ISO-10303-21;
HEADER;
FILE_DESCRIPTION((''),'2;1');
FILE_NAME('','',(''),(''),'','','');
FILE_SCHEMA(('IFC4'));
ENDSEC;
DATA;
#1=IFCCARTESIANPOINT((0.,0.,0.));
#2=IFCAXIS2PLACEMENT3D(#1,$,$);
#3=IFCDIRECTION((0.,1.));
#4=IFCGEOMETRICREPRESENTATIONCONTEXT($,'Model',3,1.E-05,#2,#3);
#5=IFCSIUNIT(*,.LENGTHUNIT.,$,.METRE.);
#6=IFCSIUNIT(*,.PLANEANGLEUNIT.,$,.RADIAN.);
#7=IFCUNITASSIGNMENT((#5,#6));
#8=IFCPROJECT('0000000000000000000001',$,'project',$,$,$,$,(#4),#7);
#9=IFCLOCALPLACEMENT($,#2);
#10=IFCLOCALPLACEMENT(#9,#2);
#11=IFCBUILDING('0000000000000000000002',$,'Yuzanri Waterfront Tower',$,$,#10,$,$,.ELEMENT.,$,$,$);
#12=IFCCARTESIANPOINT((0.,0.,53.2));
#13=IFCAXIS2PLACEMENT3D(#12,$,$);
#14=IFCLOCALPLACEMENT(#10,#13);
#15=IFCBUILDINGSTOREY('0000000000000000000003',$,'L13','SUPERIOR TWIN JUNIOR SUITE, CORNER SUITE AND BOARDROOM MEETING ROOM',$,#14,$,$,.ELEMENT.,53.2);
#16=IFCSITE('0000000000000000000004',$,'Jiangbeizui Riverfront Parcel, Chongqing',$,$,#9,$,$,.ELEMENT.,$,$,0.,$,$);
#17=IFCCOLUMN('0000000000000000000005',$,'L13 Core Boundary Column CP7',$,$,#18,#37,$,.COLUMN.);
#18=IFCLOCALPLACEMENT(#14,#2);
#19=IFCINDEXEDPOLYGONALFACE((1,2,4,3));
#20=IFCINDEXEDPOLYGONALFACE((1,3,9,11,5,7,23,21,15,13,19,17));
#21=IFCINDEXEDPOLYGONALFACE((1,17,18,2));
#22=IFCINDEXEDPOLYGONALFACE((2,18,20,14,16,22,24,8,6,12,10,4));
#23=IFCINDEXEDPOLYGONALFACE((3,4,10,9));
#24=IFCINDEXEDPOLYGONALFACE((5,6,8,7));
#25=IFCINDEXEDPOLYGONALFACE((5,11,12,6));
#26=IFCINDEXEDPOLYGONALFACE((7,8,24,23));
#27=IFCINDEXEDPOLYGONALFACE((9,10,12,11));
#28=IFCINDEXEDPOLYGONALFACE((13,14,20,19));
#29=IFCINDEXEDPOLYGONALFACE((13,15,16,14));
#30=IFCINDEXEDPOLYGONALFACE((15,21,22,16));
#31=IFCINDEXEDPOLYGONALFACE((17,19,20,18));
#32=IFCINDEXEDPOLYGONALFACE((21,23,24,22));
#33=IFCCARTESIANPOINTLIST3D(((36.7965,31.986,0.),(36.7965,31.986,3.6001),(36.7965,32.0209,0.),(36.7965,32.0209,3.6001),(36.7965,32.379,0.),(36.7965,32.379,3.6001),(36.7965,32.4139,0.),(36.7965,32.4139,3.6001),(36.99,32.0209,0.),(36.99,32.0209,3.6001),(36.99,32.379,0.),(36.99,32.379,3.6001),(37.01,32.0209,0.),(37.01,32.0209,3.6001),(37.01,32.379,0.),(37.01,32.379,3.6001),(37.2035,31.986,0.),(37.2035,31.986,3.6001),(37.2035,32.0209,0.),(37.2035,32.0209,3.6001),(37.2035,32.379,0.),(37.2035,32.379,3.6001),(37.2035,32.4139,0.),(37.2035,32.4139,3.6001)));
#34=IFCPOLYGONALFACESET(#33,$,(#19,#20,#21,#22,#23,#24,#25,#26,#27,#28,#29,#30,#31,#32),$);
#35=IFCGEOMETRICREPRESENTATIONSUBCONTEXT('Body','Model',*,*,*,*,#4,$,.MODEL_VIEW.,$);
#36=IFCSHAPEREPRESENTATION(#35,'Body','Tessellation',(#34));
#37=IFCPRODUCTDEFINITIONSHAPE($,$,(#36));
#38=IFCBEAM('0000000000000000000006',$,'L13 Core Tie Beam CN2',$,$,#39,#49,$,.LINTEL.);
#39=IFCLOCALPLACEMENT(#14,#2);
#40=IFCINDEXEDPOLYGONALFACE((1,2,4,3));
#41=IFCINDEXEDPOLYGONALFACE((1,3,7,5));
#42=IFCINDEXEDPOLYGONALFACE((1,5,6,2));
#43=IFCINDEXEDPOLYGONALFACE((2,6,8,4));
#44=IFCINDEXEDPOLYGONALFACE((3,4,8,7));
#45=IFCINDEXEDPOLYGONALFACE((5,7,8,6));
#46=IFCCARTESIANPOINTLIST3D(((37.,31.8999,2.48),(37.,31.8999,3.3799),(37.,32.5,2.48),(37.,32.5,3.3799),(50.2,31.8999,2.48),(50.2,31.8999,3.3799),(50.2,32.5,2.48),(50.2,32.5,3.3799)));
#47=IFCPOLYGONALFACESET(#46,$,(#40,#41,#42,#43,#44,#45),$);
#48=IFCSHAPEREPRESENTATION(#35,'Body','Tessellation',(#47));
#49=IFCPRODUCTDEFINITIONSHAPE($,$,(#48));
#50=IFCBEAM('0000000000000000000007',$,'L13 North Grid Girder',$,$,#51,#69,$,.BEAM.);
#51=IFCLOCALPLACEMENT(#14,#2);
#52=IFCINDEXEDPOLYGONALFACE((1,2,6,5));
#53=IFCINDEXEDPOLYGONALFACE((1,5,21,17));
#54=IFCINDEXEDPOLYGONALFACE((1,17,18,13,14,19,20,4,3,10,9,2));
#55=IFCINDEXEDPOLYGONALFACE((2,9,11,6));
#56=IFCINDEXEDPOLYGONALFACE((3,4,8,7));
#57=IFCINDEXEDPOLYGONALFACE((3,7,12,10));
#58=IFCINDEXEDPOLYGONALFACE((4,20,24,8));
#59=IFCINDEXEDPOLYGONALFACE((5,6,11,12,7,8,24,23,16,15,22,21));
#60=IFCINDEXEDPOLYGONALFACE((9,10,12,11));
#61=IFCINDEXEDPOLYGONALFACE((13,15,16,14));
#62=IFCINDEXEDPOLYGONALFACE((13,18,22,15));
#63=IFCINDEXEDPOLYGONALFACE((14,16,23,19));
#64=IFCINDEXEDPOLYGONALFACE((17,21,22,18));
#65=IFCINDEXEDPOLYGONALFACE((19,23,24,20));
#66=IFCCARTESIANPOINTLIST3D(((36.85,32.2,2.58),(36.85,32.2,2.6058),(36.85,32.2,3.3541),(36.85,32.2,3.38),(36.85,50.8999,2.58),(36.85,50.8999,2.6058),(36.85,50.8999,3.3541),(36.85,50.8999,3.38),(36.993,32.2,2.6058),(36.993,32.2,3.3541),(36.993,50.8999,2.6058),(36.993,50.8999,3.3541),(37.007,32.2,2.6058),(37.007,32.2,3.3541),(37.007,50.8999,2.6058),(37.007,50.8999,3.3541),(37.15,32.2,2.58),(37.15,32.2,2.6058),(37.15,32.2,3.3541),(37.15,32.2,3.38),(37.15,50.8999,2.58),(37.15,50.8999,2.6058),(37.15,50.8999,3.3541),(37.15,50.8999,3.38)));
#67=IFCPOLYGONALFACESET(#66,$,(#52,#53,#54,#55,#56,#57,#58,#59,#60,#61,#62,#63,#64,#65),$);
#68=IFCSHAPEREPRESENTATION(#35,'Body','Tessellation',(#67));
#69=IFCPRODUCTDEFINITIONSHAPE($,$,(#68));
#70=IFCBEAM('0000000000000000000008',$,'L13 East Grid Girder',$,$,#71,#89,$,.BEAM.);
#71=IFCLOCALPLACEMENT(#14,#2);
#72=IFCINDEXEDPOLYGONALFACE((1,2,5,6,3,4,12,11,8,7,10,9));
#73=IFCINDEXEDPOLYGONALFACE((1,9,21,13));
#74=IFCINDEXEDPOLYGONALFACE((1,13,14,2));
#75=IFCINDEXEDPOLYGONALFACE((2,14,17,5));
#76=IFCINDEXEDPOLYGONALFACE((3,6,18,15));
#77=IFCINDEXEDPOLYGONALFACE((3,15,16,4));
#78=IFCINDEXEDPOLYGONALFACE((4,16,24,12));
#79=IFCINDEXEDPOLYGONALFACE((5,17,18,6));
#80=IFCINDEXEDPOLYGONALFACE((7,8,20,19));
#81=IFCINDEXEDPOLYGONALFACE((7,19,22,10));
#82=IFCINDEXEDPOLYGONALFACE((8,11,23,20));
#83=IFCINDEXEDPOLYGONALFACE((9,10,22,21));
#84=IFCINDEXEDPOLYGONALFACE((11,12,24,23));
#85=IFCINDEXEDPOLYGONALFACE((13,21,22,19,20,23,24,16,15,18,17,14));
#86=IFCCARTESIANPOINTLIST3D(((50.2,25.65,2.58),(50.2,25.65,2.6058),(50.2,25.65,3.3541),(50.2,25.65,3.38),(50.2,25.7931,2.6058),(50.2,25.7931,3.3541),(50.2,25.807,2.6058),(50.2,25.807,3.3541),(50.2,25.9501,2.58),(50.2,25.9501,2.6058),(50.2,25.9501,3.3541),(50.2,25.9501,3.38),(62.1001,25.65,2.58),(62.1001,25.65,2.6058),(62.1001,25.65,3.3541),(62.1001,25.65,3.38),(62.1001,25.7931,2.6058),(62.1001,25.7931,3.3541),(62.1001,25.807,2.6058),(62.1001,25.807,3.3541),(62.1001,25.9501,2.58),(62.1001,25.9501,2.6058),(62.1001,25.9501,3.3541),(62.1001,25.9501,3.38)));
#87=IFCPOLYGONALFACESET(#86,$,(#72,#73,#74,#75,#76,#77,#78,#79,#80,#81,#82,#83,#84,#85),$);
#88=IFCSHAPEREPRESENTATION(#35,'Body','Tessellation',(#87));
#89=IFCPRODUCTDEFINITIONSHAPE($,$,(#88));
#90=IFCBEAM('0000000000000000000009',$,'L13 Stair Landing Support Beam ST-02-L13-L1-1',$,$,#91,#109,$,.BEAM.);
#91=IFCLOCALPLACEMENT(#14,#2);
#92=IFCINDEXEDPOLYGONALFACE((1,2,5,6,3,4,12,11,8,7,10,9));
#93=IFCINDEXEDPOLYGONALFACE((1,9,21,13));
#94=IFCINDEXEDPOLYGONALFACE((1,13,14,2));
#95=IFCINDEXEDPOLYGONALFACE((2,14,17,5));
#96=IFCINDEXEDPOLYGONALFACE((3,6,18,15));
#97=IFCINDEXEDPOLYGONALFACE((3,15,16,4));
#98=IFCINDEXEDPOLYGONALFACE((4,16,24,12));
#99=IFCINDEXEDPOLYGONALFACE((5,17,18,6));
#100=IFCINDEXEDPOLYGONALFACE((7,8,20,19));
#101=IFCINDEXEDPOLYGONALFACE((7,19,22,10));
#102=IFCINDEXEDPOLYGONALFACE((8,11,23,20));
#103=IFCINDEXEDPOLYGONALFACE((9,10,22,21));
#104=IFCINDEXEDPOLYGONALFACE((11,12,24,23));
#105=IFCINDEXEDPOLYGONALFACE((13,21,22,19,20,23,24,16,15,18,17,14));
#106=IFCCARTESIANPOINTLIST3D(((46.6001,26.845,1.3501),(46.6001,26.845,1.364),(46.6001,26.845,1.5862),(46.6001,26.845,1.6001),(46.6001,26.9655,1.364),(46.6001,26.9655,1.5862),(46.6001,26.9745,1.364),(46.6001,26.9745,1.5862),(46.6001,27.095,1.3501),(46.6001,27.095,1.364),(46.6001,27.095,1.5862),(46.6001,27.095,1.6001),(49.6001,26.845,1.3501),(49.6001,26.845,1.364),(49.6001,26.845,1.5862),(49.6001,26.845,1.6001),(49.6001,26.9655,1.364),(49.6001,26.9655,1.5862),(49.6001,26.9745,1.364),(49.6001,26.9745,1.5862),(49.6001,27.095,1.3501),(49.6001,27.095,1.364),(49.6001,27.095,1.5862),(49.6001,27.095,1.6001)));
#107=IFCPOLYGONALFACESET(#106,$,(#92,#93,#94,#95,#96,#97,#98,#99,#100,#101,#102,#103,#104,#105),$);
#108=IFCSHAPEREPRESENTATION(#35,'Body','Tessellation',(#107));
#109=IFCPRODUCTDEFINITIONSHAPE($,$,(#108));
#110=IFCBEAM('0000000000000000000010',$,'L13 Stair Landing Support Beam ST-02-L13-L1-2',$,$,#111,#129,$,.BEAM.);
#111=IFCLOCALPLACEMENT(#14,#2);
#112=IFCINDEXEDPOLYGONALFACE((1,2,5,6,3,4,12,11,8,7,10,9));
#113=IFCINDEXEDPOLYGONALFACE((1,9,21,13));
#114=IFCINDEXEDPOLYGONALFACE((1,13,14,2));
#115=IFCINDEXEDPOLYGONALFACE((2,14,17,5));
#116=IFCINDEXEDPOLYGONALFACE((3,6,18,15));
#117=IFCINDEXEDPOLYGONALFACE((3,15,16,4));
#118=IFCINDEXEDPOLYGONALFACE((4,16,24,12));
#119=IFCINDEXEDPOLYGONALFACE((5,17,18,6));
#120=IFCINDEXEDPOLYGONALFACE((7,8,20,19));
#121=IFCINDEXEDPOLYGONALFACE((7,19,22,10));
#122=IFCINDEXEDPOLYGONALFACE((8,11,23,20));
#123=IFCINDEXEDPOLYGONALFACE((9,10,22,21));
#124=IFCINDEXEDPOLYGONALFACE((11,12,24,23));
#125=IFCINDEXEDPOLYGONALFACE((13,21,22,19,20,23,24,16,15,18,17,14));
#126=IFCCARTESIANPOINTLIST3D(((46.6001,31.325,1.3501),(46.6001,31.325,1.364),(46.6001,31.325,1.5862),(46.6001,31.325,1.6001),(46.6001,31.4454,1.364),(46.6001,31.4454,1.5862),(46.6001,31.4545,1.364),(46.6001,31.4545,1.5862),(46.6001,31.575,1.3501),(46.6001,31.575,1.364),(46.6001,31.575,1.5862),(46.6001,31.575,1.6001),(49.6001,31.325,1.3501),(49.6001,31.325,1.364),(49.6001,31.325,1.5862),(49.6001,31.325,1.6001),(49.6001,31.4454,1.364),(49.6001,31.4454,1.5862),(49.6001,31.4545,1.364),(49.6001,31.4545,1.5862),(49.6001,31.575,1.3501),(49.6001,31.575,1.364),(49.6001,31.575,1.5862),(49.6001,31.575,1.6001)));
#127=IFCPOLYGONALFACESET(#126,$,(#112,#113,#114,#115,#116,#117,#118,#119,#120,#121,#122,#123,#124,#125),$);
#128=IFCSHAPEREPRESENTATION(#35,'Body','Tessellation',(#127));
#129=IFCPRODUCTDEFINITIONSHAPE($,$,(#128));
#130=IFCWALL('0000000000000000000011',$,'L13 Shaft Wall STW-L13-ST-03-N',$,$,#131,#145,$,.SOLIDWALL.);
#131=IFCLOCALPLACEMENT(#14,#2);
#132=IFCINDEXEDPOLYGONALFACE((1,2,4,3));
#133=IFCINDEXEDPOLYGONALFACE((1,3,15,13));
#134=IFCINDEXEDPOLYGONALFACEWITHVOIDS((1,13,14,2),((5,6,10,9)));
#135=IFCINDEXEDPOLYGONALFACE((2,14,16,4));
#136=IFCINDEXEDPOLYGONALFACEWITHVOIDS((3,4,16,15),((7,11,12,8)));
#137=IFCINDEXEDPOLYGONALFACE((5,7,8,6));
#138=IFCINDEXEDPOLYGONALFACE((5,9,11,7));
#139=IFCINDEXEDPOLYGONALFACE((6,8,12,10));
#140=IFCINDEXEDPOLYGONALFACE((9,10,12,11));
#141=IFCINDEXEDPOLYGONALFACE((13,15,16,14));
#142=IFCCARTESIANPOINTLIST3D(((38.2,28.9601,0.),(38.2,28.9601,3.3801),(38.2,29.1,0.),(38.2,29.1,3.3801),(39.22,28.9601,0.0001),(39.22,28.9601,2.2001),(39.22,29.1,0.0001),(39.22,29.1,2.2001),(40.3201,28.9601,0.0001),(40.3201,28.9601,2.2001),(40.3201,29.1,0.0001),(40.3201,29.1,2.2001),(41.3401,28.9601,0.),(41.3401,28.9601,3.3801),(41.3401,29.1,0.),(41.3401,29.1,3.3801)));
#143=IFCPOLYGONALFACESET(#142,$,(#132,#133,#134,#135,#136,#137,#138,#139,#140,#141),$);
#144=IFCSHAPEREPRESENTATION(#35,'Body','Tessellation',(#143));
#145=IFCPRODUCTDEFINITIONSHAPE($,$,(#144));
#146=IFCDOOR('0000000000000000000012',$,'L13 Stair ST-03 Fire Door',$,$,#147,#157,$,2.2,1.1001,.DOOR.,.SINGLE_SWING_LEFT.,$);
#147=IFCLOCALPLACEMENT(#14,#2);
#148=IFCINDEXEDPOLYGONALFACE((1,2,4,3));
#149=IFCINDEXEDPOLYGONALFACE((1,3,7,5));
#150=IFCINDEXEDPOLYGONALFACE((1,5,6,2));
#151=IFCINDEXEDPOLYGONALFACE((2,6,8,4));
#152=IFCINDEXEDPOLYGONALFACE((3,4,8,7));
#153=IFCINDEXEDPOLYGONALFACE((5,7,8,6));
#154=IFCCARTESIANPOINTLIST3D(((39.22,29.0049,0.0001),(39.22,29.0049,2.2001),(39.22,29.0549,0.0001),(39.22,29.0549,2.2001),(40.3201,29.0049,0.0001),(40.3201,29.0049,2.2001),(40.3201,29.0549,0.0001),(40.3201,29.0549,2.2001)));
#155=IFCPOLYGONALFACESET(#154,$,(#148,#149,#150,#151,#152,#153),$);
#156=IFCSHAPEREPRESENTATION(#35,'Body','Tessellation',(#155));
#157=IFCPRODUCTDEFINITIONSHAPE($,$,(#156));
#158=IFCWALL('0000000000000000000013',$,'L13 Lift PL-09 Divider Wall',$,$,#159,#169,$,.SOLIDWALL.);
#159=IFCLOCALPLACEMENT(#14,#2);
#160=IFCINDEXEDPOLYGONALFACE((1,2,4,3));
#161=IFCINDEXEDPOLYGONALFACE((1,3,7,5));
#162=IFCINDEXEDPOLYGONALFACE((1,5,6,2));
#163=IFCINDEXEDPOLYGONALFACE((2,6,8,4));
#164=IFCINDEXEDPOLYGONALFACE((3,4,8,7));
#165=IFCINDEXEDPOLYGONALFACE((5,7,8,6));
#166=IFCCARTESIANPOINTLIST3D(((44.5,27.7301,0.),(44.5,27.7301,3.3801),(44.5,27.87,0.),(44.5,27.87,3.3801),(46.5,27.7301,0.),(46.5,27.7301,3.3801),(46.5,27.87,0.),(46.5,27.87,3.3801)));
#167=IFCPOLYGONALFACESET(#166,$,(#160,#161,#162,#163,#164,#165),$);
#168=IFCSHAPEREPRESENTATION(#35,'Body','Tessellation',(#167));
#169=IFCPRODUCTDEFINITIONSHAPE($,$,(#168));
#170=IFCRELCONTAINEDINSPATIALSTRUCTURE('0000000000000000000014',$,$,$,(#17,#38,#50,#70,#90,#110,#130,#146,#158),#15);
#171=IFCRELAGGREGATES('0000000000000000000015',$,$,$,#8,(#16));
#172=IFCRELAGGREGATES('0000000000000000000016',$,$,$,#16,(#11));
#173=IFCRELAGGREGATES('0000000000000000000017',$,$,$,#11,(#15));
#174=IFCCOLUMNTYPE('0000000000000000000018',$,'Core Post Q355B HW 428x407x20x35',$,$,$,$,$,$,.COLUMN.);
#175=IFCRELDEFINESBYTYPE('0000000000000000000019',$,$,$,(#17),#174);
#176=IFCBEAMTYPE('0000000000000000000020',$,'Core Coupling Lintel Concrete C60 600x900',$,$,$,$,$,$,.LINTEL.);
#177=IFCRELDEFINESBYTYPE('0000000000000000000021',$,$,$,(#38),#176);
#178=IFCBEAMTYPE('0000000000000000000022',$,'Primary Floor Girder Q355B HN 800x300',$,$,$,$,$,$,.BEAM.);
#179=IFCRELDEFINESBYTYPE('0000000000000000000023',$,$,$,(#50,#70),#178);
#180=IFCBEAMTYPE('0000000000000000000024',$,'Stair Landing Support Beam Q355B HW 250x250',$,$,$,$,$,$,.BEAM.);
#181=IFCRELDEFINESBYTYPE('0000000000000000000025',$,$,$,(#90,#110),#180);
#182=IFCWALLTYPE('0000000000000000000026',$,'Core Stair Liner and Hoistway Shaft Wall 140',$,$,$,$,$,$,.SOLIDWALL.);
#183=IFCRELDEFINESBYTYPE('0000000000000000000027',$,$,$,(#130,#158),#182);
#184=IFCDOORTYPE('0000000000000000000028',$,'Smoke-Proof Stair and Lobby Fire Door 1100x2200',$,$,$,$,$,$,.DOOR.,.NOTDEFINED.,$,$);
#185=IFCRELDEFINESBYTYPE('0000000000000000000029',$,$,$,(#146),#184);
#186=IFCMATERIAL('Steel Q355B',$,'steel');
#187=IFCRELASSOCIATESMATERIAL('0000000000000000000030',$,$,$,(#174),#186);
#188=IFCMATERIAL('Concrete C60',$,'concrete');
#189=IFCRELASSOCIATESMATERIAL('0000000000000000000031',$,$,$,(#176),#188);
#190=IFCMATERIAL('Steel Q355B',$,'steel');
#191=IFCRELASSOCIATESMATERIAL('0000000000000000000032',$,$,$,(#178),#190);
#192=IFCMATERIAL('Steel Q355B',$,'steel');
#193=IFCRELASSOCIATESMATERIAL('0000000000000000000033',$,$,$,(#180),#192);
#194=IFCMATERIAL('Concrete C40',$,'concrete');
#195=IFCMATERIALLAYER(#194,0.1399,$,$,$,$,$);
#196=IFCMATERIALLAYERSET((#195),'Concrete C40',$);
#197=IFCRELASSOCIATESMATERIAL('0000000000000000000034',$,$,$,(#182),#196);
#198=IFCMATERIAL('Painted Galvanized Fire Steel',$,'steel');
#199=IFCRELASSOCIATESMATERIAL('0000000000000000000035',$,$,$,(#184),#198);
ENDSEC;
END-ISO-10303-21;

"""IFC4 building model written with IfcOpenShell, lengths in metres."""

from ifc_helpers import new_model, si_unit, direction, frame, frame_2d, origin, origin_2d, place, context, subcontext, project, spatial, rectangle, i_section, extrude, source, transform, mapped, material, layer, layer_set, material_profile, profile_set, type_object, element, fill, save


model = new_model("IFC4")

# Units and contexts
model_context = context("Model", 3, precision=1e-05, world=origin(), true_north=direction((0.0, 1.0)))
body_context = subcontext(model_context, "Body", "Model", "MODEL_VIEW")
ifc_project = project(units=[si_unit("LENGTHUNIT", "METRE"), si_unit("PLANEANGLEUNIT", "RADIAN")], contexts=[model_context])

# Site, building, storey
site_placement = place(None, origin())
site = spatial("IfcSite", under=ifc_project, at=site_placement, Name="Jiangbeizui Riverfront Parcel, Chongqing", CompositionType="ELEMENT", RefElevation=0.0)
building_placement = place(site_placement, origin())
building = spatial("IfcBuilding", under=site, at=building_placement, Name="Yuzanri Waterfront Tower", CompositionType="ELEMENT")
storey_placement = place(building_placement, frame((0.0, 0.0, 53.2)))
storey = spatial("IfcBuildingStorey", under=building, at=storey_placement, Name="L13", Description="SUPERIOR TWIN JUNIOR SUITE, CORNER SUITE AND BOARDROOM MEETING ROOM", CompositionType="ELEMENT", Elevation=53.2)

# Column
ifc_material_1 = material(Name="Steel Q355B", Category="steel")
ifc_material_profile_1 = material_profile(ifc_material_1, i_section(OverallWidth=0.407, OverallDepth=0.428, WebThickness=0.02, FlangeThickness=0.0349, at=origin_2d()), Name="HW 428x407x20x35")
ifc_profile_set_1 = profile_set([ifc_material_profile_1], Name="Steel Q355B")
column_type = type_object("IfcColumnType", Name="Core Post Q355B HW 428x407x20x35", PredefinedType="COLUMN", material=ifc_profile_set_1)
shared_shape_1 = source(origin(), body_context, "Body", "SweptSolid", [
    extrude(i_section(OverallWidth=0.407, OverallDepth=0.428, WebThickness=0.02, FlangeThickness=0.0349, at=origin_2d()), origin(), (0.0, 0.0, 1.0), 3.6001),
])
column_placement = place(storey_placement, frame((37.0, 32.2, 0.0), z_axis=(0.0, 0.0, 1.0), x_axis=(1.0, 0.0, 0.0)))
element("IfcColumn", 1, at=column_placement, inside=storey, type_object=column_type, Name="L13 Core Boundary Column CP7", PredefinedType="COLUMN", context=body_context, shape_type="MappedRepresentation", body=[
    mapped(shared_shape_1, transform((0.0, 0.0, 0.0), scale=1.0)),
])

# Beams
ifc_material_2 = material(Name="Concrete C60", Category="concrete")
ifc_material_profile_2 = material_profile(ifc_material_2, rectangle(XDim=0.6001, YDim=0.8999, at=origin_2d()), Name="RC 600x900")
ifc_profile_set_2 = profile_set([ifc_material_profile_2], Name="Concrete C60")
beam_type_1 = type_object("IfcBeamType", Name="Core Coupling Lintel Concrete C60 600x900", PredefinedType="LINTEL", material=ifc_profile_set_2)
shared_shape_2 = source(origin(), body_context, "Body", "SweptSolid", [
    extrude(rectangle(XDim=0.6001, YDim=0.8999, at=origin_2d()), origin(), (0.0, 0.0, 1.0), 13.2),
])
beam_1_placement = place(storey_placement, frame((37.0, 32.2, 2.9299), z_axis=(1.0, 0.0, 0.0), x_axis=(0.0, 1.0, 0.0)))
element("IfcBeam", 2, at=beam_1_placement, inside=storey, type_object=beam_type_1, Name="L13 Core Tie Beam CN2", PredefinedType="LINTEL", context=body_context, shape_type="MappedRepresentation", body=[
    mapped(shared_shape_2, transform((0.0, 0.0, 0.0), scale=1.0)),
])
ifc_material_3 = material(Name="Steel Q355B", Category="steel")
ifc_material_profile_3 = material_profile(ifc_material_3, i_section(OverallWidth=0.3, OverallDepth=0.8, WebThickness=0.0139, FlangeThickness=0.0259, at=origin_2d()), Name="HN 800x300x14x26")
ifc_profile_set_3 = profile_set([ifc_material_profile_3], Name="Steel Q355B")
beam_type_2 = type_object("IfcBeamType", Name="Primary Floor Girder Q355B HN 800x300", PredefinedType="BEAM", material=ifc_profile_set_3)
shared_shape_3 = source(origin(), body_context, "Body", "SweptSolid", [
    extrude(i_section(OverallWidth=0.3, OverallDepth=0.8, WebThickness=0.0139, FlangeThickness=0.0259, at=origin_2d()), origin(), (0.0, 0.0, 1.0), 18.7),
])
beam_2_placement = place(storey_placement, frame((37.0, 32.2, 2.98), z_axis=(0.0, 1.0, 0.0), x_axis=(-1.0, 0.0, 0.0)))
element("IfcBeam", 3, at=beam_2_placement, inside=storey, type_object=beam_type_2, Name="L13 North Grid Girder", PredefinedType="BEAM", context=body_context, shape_type="MappedRepresentation", body=[
    mapped(shared_shape_3, transform((0.0, 0.0, 0.0), scale=1.0)),
])
shared_shape_4 = source(origin(), body_context, "Body", "SweptSolid", [
    extrude(i_section(OverallWidth=0.3, OverallDepth=0.8, WebThickness=0.0139, FlangeThickness=0.0259, at=origin_2d()), origin(), (0.0, 0.0, 1.0), 11.9001),
])
beam_3_placement = place(storey_placement, frame((50.2, 25.8, 2.98), z_axis=(1.0, 0.0, 0.0), x_axis=(0.0, 1.0, 0.0)))
element("IfcBeam", 4, at=beam_3_placement, inside=storey, type_object=beam_type_2, Name="L13 East Grid Girder", PredefinedType="BEAM", context=body_context, shape_type="MappedRepresentation", body=[
    mapped(shared_shape_4, transform((0.0, 0.0, 0.0), scale=1.0)),
])
ifc_material_4 = material(Name="Steel Q355B", Category="steel")
ifc_material_profile_4 = material_profile(ifc_material_4, i_section(OverallWidth=0.25, OverallDepth=0.25, WebThickness=0.009, FlangeThickness=0.0139, at=origin_2d()), Name="HW 250x250x9x14")
ifc_profile_set_4 = profile_set([ifc_material_profile_4], Name="Steel Q355B")
beam_type_3 = type_object("IfcBeamType", Name="Stair Landing Support Beam Q355B HW 250x250", PredefinedType="BEAM", material=ifc_profile_set_4)
shared_shape_5 = source(origin(), body_context, "Body", "SweptSolid", [
    extrude(i_section(OverallWidth=0.25, OverallDepth=0.25, WebThickness=0.009, FlangeThickness=0.0139, at=origin_2d()), origin(), (0.0, 0.0, 1.0), 3.0),
])
for number, where, z_axis, x_axis, name in (
    (5, (46.6001, 26.97, 1.4751), (1.0, 0.0, 0.0), (0.0, 1.0, 0.0), "L13 Stair Landing Support Beam ST-02-L13-L1-1"),
    (6, (46.6001, 31.45, 1.4751), (1.0, 0.0, 0.0), (0.0, 1.0, 0.0), "L13 Stair Landing Support Beam ST-02-L13-L1-2"),
):
    element("IfcBeam", number, at=place(storey_placement, frame(where, z_axis=z_axis, x_axis=x_axis)), inside=storey, type_object=beam_type_3, Name=name, PredefinedType="BEAM", context=body_context, shape_type="MappedRepresentation", body=[
        mapped(shared_shape_5, transform((0.0, 0.0, 0.0), scale=1.0)),
    ])

# Wall, opening, door
ifc_material_5 = material(Name="Concrete C40", Category="concrete")
ifc_layer_1 = layer(ifc_material_5, 0.1399)
ifc_layer_set_1 = layer_set([ifc_layer_1], Name="Concrete C40")
wall_type_1 = type_object("IfcWallType", Name="Core Stair Liner and Hoistway Shaft Wall 140", PredefinedType="SOLIDWALL", material=ifc_layer_set_1)
wall_1_placement = place(storey_placement, frame((38.2, 29.03, 0.0), z_axis=(0.0, 0.0, 1.0), x_axis=(1.0, 0.0, 0.0)))
wall_1 = element("IfcWall", 7, at=wall_1_placement, inside=storey, type_object=wall_type_1, Name="L13 Shaft Wall STW-L13-ST-03-N", PredefinedType="SOLIDWALL", context=body_context, shape_type="SweptSolid", body=[
    extrude(rectangle(XDim=3.1401, YDim=0.1399, at=frame_2d((1.5701, 0.0))), origin(), (0.0, 0.0, 1.0), 3.3801),
])
opening_placement = place(wall_1_placement, frame((1.02, 0.0, 0.0)))
opening = element("IfcOpeningElement", 8, at=opening_placement, cuts=wall_1, PredefinedType="OPENING", context=body_context, shape_type="SweptSolid", body=[
    extrude(rectangle(XDim=1.1001, YDim=2.2, at=frame_2d((0.55, 1.1001))), frame((0.0, 0.085, 0.0), z_axis=(0.0, -1.0, 0.0), x_axis=(1.0, 0.0, 0.0)), (0.0, 0.0, 1.0), 0.1697),
])
ifc_material_6 = material(Name="Painted Galvanized Fire Steel", Category="steel")
door_type = type_object("IfcDoorType", Name="Smoke-Proof Stair and Lobby Fire Door 1100x2200", OperationType="NOTDEFINED", PredefinedType="DOOR", material=ifc_material_6)
shared_shape_6 = source(origin(), body_context, "Body", "SweptSolid", [
    extrude(rectangle(XDim=1.1001, YDim=2.2, at=frame_2d((0.55, 1.1001))), frame((0.0, 0.0249, 0.0), z_axis=(0.0, -1.0, 0.0), x_axis=(1.0, 0.0, 0.0)), (0.0, 0.0, 1.0), 0.05),
])
door_placement = place(opening_placement, origin())
door = element("IfcDoor", 9, at=door_placement, inside=storey, type_object=door_type, Name="L13 Stair ST-03 Fire Door", OperationType="SINGLE_SWING_LEFT", OverallHeight=2.2, OverallWidth=1.1001, PredefinedType="DOOR", context=body_context, shape_type="MappedRepresentation", body=[
    mapped(shared_shape_6, transform((0.0, 0.0, 0.0), scale=1.0)),
])
fill(opening, door)

# Wall
shared_shape_7 = source(origin(), body_context, "Body", "SweptSolid", [
    extrude(rectangle(XDim=2.0, YDim=0.1399, at=frame_2d((1.0, 0.0))), origin(), (0.0, 0.0, 1.0), 3.3801),
])
for number, where, z_axis, x_axis, name in (
    (10, (44.5, 27.8, 0.0), (0.0, 0.0, 1.0), (1.0, 0.0, 0.0), "L13 Lift PL-09 Divider Wall"),
):
    element("IfcWall", number, at=place(storey_placement, frame(where, z_axis=z_axis, x_axis=x_axis)), inside=storey, type_object=wall_type_1, Name=name, PredefinedType="SOLIDWALL", context=body_context, shape_type="MappedRepresentation", body=[
        mapped(shared_shape_7, transform((0.0, 0.0, 0.0), scale=1.0)),
    ])

save(model, "model.ifc")
